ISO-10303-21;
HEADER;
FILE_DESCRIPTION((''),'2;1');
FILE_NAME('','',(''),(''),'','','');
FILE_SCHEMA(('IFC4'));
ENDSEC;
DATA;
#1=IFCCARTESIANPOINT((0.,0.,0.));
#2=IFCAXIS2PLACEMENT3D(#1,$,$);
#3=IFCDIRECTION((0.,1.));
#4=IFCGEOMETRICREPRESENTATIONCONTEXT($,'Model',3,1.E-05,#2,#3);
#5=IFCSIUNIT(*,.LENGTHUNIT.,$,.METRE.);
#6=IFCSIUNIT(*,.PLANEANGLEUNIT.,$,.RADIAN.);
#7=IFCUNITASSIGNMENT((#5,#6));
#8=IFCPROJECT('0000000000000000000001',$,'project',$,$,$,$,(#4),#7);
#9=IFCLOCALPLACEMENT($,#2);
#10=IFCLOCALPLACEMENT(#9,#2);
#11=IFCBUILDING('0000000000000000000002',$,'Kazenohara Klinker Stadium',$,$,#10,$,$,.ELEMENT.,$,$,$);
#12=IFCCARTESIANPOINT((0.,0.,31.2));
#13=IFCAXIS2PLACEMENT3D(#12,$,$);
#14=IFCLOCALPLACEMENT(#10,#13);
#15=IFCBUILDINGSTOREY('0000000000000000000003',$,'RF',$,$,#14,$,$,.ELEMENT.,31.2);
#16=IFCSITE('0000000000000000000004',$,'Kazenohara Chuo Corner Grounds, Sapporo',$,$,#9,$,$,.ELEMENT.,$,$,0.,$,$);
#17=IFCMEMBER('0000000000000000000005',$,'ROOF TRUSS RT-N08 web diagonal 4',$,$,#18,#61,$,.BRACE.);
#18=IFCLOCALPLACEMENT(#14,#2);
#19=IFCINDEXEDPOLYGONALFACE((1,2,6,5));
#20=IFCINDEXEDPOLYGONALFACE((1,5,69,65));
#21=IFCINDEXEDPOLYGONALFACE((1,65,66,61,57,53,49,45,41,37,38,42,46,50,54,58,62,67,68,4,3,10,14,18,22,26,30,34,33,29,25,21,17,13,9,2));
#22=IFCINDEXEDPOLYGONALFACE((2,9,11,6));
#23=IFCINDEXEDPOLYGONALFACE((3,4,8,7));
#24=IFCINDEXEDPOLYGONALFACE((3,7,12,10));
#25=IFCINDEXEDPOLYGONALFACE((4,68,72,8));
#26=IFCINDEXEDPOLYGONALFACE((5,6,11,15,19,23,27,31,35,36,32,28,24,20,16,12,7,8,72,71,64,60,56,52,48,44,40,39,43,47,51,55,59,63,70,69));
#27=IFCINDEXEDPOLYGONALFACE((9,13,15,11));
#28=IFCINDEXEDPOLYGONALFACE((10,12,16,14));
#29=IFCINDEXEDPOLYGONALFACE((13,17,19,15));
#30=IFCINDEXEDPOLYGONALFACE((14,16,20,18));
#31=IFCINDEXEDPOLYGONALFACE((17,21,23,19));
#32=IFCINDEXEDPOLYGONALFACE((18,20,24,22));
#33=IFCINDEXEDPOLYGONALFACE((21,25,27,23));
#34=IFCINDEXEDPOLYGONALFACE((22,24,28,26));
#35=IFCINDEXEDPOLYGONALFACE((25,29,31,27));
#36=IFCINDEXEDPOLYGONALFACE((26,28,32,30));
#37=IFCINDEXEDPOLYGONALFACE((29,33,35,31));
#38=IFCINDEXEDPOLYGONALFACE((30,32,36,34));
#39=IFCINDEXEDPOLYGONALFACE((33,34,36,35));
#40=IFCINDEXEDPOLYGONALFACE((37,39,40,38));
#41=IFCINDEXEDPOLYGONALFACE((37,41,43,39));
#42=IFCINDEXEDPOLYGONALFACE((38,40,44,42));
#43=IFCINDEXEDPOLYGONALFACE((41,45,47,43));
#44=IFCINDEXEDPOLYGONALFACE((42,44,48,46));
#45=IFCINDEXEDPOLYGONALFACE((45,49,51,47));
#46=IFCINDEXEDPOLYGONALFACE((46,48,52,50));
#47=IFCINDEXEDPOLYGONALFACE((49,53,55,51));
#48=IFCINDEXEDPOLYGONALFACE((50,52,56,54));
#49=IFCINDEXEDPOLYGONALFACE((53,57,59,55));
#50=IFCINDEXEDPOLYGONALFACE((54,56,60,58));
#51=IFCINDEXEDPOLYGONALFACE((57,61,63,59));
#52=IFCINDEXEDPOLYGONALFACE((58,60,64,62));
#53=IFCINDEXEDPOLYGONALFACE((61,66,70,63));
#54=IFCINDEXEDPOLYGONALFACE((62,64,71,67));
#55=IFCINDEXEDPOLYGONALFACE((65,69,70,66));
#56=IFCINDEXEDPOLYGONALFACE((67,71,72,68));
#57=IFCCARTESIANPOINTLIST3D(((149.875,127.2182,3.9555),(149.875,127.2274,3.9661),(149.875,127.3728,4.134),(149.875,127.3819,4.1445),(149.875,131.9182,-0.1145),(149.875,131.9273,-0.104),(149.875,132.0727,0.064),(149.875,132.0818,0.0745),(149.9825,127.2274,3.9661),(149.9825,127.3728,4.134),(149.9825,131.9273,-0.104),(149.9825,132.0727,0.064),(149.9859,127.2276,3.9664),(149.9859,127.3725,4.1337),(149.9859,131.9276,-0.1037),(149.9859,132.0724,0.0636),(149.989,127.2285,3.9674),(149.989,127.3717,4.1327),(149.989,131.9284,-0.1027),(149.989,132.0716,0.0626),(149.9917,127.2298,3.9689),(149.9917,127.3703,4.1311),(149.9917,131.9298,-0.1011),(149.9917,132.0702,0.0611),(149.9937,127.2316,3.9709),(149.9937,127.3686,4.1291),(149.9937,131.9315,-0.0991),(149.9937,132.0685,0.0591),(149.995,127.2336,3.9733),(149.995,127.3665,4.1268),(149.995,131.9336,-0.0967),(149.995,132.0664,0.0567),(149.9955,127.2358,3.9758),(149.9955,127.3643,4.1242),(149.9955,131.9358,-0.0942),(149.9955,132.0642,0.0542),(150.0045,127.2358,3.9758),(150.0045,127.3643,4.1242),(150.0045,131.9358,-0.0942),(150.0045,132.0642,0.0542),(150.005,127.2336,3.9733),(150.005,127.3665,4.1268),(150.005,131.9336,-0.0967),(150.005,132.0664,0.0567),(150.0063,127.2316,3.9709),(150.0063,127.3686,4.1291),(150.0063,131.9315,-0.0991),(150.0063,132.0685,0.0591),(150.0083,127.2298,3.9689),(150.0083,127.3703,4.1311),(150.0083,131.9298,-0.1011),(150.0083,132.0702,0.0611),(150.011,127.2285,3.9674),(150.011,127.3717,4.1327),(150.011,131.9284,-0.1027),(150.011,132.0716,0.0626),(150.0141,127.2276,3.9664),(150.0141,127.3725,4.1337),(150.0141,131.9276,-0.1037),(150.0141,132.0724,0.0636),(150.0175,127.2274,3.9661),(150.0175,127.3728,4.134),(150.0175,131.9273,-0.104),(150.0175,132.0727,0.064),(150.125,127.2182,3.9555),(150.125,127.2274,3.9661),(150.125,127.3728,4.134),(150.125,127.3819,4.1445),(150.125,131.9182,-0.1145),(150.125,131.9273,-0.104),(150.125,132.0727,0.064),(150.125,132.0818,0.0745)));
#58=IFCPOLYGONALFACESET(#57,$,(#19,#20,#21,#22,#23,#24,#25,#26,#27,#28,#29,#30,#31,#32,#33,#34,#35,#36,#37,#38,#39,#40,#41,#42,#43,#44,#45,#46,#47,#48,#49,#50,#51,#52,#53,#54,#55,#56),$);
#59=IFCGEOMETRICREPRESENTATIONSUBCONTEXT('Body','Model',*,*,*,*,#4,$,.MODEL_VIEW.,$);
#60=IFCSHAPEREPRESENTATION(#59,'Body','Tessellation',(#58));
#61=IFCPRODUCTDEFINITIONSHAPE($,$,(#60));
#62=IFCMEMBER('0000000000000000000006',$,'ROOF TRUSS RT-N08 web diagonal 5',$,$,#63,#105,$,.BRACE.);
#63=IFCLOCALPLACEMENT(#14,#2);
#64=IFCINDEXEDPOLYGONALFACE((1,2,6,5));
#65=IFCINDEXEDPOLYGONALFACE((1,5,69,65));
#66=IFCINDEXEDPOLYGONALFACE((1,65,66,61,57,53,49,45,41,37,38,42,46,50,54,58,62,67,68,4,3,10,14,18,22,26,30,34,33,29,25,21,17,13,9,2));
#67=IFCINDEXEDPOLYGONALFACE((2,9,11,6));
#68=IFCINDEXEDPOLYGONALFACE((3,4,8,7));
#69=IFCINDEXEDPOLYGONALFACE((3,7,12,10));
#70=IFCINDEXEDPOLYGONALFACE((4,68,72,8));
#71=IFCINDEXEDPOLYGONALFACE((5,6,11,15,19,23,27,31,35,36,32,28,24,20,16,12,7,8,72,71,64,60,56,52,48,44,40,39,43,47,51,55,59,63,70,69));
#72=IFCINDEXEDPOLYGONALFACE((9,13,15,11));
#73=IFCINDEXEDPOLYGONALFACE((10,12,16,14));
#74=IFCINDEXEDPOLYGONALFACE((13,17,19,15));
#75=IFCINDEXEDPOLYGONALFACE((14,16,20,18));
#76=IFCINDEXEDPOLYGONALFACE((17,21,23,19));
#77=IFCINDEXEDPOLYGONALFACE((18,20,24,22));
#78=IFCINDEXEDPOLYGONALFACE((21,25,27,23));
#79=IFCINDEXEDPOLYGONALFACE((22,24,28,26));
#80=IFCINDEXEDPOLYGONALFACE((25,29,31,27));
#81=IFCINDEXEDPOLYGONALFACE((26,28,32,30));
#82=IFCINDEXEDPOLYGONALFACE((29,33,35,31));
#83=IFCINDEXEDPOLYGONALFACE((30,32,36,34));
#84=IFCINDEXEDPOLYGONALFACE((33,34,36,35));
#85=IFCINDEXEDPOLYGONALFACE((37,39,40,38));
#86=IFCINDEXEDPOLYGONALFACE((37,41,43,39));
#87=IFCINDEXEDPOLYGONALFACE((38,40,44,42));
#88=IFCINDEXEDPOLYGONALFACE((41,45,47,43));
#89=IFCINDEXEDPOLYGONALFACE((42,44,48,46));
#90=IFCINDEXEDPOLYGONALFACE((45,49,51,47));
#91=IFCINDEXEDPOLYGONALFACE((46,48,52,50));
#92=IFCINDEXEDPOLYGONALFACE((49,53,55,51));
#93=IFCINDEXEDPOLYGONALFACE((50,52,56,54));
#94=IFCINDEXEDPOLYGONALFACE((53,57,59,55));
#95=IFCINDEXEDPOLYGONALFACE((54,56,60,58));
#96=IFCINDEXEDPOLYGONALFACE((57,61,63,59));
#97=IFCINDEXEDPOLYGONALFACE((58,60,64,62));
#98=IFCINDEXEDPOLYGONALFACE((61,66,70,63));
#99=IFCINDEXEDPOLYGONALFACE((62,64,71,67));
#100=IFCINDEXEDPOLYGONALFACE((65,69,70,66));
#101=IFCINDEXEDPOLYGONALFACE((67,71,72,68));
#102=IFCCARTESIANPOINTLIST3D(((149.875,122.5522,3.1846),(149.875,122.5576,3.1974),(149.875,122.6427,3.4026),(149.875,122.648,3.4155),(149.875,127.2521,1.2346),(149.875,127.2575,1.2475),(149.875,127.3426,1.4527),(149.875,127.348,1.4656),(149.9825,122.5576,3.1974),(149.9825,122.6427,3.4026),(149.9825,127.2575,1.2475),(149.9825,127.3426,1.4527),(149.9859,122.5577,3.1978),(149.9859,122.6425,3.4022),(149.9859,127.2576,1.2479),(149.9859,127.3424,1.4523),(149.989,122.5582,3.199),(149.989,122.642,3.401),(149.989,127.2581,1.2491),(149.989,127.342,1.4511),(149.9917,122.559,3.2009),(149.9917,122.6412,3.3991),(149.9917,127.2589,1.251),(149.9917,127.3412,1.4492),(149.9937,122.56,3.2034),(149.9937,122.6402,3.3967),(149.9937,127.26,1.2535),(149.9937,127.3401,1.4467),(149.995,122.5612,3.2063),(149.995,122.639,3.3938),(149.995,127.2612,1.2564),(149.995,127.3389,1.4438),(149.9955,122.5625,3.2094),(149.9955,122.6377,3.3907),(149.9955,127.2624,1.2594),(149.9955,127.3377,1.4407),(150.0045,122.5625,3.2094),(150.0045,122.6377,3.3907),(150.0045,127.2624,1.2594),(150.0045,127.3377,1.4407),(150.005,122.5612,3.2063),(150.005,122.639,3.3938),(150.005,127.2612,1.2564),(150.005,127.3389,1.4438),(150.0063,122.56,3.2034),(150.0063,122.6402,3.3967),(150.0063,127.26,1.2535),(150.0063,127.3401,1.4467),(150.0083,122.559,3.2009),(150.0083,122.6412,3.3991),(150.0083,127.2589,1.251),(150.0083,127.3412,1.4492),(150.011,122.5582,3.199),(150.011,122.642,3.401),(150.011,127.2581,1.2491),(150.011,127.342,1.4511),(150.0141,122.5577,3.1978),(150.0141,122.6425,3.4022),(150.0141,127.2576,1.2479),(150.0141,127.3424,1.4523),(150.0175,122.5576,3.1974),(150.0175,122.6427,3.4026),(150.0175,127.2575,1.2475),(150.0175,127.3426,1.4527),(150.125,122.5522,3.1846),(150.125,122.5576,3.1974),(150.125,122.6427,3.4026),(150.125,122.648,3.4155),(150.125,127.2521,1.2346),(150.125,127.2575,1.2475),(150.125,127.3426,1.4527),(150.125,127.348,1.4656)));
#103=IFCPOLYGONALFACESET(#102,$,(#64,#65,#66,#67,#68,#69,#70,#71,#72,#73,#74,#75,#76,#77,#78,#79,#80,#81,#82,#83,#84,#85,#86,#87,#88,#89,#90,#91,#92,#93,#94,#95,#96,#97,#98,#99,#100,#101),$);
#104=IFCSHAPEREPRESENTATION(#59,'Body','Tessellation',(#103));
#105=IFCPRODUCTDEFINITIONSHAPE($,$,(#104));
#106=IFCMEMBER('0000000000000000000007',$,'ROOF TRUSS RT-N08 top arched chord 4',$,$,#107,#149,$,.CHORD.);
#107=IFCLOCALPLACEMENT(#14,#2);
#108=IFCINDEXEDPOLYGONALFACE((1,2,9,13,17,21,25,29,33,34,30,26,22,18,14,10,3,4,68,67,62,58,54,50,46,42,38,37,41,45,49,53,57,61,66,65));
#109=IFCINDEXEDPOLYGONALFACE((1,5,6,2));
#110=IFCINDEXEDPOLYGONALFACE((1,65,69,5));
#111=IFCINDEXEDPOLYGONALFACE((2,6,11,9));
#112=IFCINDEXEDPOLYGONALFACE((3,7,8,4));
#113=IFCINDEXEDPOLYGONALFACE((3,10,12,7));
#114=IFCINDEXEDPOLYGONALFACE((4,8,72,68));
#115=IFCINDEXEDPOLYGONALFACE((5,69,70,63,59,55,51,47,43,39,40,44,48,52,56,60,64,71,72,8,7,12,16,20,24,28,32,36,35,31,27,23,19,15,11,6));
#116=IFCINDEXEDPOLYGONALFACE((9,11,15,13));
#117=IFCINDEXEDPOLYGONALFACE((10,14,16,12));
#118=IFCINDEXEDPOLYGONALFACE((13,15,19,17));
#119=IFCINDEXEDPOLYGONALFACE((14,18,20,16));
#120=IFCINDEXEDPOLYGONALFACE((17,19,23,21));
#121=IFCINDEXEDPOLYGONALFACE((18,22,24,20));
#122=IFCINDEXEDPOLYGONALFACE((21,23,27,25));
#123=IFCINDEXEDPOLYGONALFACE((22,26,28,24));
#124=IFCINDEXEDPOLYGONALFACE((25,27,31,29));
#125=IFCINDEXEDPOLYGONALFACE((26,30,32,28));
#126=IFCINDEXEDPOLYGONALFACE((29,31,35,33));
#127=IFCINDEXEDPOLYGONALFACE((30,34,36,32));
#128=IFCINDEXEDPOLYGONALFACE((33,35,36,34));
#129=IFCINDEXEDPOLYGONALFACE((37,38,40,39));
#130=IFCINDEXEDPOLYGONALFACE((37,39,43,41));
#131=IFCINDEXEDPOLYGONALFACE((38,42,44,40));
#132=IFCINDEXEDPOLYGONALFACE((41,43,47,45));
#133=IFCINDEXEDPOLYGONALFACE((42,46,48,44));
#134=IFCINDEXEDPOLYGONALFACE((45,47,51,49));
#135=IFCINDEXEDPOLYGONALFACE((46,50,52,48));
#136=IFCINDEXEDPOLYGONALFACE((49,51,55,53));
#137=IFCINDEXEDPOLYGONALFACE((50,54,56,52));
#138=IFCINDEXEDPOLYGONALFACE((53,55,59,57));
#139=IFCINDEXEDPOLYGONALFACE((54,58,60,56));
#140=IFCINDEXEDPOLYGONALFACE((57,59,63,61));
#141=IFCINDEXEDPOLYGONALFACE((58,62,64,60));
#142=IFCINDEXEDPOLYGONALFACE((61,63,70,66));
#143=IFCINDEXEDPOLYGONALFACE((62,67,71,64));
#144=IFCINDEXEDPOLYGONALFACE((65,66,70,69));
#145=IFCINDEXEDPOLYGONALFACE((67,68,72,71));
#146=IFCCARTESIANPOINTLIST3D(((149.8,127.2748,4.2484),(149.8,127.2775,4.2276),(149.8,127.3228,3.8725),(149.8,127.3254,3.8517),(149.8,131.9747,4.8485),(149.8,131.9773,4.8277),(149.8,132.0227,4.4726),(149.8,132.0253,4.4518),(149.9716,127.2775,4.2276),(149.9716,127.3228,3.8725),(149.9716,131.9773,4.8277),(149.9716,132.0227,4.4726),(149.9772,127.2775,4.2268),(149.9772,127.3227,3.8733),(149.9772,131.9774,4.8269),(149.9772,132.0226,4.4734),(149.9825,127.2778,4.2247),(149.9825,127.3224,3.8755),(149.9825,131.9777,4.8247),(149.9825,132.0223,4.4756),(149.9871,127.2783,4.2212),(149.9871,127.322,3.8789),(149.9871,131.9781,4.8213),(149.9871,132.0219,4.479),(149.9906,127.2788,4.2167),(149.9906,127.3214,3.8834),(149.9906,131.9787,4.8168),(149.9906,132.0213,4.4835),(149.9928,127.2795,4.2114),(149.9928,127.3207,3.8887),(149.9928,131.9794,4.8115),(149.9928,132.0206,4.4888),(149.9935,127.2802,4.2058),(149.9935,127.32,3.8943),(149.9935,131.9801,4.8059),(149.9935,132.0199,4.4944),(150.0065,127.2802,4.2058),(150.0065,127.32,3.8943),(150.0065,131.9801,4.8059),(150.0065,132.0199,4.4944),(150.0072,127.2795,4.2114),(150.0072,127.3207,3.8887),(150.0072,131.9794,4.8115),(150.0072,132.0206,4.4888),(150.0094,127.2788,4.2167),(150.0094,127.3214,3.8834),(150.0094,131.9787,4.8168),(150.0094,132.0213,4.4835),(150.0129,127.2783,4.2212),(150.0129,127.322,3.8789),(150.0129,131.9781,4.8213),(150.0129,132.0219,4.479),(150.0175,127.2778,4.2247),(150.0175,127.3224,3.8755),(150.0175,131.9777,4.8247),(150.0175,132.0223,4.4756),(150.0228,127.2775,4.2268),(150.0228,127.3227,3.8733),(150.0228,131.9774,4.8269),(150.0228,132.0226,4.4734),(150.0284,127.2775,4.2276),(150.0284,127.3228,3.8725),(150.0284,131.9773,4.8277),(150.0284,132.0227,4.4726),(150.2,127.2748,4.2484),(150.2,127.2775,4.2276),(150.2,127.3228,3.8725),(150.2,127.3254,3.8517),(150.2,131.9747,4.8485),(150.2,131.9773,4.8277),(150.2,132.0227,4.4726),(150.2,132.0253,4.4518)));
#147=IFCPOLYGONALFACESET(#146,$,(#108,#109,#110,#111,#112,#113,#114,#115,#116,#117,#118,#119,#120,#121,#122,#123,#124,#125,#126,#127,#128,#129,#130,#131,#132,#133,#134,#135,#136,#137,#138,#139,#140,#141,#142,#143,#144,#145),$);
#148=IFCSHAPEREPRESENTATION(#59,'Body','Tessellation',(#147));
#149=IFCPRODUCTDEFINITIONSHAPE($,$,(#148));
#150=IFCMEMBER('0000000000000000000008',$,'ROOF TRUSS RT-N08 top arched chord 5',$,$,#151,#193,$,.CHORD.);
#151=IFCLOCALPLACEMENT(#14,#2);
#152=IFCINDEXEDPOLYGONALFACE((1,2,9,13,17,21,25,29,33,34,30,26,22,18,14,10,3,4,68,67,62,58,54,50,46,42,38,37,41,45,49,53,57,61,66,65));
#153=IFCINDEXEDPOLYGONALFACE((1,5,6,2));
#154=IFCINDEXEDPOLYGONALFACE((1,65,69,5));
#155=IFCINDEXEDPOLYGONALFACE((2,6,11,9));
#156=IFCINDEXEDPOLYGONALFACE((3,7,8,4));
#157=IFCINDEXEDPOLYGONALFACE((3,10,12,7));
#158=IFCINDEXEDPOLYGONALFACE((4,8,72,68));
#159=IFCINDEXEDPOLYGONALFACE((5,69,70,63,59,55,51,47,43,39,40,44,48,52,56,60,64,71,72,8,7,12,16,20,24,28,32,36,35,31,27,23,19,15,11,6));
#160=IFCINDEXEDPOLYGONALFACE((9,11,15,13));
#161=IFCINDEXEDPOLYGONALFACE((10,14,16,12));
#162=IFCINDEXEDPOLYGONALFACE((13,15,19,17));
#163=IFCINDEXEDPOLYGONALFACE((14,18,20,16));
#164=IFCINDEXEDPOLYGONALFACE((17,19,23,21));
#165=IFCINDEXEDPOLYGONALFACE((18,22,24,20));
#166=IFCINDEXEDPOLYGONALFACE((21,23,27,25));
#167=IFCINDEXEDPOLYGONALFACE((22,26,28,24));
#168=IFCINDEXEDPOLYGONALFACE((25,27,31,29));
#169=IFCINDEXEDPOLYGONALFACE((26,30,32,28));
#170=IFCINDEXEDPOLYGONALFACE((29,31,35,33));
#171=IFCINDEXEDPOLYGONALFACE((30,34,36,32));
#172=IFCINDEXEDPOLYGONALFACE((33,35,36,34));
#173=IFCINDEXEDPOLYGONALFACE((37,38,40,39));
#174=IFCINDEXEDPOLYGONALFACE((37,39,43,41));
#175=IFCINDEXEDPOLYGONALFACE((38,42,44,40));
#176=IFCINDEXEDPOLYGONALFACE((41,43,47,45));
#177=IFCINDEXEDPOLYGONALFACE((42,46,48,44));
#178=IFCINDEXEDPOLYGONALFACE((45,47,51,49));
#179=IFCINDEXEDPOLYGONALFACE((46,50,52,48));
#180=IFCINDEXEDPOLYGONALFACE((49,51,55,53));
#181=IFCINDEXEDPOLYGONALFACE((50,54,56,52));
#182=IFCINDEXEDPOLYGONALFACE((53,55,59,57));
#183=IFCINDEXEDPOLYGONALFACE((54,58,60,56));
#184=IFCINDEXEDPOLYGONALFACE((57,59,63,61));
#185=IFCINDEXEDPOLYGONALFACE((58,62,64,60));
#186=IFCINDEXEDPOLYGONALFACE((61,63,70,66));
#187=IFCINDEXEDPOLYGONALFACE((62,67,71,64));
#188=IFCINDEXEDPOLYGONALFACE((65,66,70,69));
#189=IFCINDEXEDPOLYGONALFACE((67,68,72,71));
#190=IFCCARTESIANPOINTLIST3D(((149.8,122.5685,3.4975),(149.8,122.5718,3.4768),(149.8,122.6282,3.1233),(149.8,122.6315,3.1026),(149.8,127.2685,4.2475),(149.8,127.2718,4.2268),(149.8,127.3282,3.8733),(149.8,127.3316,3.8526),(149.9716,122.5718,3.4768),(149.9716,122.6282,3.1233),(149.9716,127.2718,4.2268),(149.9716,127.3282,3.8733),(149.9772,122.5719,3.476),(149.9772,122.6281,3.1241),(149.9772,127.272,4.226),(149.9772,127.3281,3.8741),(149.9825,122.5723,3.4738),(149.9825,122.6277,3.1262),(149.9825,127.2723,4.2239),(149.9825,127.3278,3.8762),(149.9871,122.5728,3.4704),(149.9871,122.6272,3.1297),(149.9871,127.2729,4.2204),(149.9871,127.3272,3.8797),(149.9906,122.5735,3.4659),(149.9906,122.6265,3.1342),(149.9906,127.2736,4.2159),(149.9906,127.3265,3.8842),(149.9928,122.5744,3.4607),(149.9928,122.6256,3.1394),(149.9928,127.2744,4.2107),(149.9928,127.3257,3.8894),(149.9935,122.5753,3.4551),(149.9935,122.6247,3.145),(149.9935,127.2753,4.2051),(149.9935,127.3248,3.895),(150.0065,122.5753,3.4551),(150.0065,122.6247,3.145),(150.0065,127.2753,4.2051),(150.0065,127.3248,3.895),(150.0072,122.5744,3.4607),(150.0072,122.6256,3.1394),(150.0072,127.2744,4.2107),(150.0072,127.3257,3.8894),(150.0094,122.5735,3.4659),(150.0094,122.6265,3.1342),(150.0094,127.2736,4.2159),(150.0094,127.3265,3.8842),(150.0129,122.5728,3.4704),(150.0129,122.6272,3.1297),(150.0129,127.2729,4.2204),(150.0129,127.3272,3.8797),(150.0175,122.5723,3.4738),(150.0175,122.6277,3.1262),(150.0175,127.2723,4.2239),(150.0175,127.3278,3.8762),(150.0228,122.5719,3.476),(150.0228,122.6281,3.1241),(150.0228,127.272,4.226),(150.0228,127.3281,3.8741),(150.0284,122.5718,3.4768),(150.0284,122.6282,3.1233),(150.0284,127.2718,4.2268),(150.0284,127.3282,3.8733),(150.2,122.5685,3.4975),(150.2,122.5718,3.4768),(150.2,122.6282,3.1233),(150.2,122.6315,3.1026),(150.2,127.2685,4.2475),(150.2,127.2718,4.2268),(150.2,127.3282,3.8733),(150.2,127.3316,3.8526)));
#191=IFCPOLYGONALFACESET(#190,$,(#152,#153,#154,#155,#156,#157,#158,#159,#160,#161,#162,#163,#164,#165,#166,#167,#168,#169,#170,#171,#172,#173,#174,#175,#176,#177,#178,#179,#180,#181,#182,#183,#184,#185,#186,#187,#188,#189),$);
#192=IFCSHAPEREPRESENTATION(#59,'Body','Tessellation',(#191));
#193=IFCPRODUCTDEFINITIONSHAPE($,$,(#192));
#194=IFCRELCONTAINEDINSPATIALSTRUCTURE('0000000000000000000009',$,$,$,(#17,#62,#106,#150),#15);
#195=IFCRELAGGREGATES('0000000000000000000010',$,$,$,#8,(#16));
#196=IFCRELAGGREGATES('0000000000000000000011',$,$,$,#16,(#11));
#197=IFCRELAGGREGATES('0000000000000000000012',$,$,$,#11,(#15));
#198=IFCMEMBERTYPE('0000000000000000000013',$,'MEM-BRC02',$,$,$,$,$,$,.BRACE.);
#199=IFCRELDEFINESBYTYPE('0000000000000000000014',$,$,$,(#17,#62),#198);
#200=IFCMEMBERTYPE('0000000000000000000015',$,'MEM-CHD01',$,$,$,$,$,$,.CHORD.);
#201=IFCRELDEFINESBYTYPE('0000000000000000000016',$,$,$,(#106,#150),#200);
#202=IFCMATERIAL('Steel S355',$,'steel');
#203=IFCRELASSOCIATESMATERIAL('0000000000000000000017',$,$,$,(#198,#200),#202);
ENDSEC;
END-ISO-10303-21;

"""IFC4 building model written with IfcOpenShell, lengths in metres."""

from ifc_helpers import new_model, si_unit, direction, frame, origin, origin_2d, place, context, subcontext, project, spatial, i_section, extrude, material, material_profile, profile_set, type_object, element, save


model = new_model("IFC4")

# Units and contexts
model_context = context("Model", 3, precision=1e-05, world=origin(), true_north=direction((0.0, 1.0)))
body_context = subcontext(model_context, "Body", "Model", "MODEL_VIEW")
ifc_project = project(units=[si_unit("LENGTHUNIT", "METRE"), si_unit("PLANEANGLEUNIT", "RADIAN")], contexts=[model_context])

# Site, building, storey
site_placement = place(None, origin())
site = spatial("IfcSite", under=ifc_project, at=site_placement, Name="Kazenohara Chuo Corner Grounds, Sapporo", CompositionType="ELEMENT", RefElevation=0.0)
building_placement = place(site_placement, origin())
building = spatial("IfcBuilding", under=site, at=building_placement, Name="Kazenohara Klinker Stadium", CompositionType="ELEMENT")
storey_placement = place(building_placement, frame((0.0, 0.0, 31.2)))
storey = spatial("IfcBuildingStorey", under=building, at=storey_placement, Name="RF", CompositionType="ELEMENT", Elevation=31.2)

# Members
ifc_material_1 = material(Name="Steel S355", Category="steel")
ifc_material_profile_1 = material_profile(ifc_material_1, i_section(OverallWidth=0.25, OverallDepth=0.25, WebThickness=0.009, FlangeThickness=0.0139, FilletRadius=0.0129, at=origin_2d()), Name="H-250x250x9x14")
ifc_profile_set_1 = profile_set([ifc_material_profile_1], Name="Steel S355")
member_type_1 = type_object("IfcMemberType", Name="MEM-BRC02", PredefinedType="BRACE", material=ifc_profile_set_1)
member_1_placement = place(storey_placement, frame((150.0, 132.0, -0.02), z_axis=(0.0, -0.755946, 0.654634), x_axis=(1.0, 0.0, 0.0)))
element("IfcMember", 1, at=member_1_placement, inside=storey, type_object=member_type_1, Name="ROOF TRUSS RT-N08 web diagonal 4", PredefinedType="BRACE", context=body_context, shape_type="SweptSolid", body=[
    extrude(i_section(OverallWidth=0.25, OverallDepth=0.25, WebThickness=0.009, FlangeThickness=0.0139, FilletRadius=0.0129, at=origin_2d()), origin(), (0.0, 0.0, 1.0), 6.2173),
])
member_2_placement = place(storey_placement, frame((150.0, 127.3, 1.3501), z_axis=(0.0, -0.923659, 0.383215), x_axis=(1.0, 0.0, 0.0)))
element("IfcMember", 2, at=member_2_placement, inside=storey, type_object=member_type_1, Name="ROOF TRUSS RT-N08 web diagonal 5", PredefinedType="BRACE", context=body_context, shape_type="SweptSolid", body=[
    extrude(i_section(OverallWidth=0.25, OverallDepth=0.25, WebThickness=0.009, FlangeThickness=0.0139, FilletRadius=0.0129, at=origin_2d()), origin(), (0.0, 0.0, 1.0), 5.0884),
])
ifc_material_profile_2 = material_profile(ifc_material_1, i_section(OverallWidth=0.3999, OverallDepth=0.3999, WebThickness=0.0129, FlangeThickness=0.021, FilletRadius=0.022, at=origin_2d()), Name="H-400x400x13x21")
ifc_profile_set_2 = profile_set([ifc_material_profile_2], Name="Steel S355")
member_type_2 = type_object("IfcMemberType", Name="MEM-CHD01", PredefinedType="CHORD", material=ifc_profile_set_2)
member_3_placement = place(storey_placement, frame((150.0, 132.0, 4.6501), z_axis=(0.0, -0.991947, -0.126653), x_axis=(1.0, 0.0, 0.0)))
element("IfcMember", 3, at=member_3_placement, inside=storey, type_object=member_type_2, Name="ROOF TRUSS RT-N08 top arched chord 4", PredefinedType="CHORD", context=body_context, shape_type="SweptSolid", body=[
    extrude(i_section(OverallWidth=0.3999, OverallDepth=0.3999, WebThickness=0.0129, FlangeThickness=0.021, FilletRadius=0.022, at=origin_2d()), origin(), (0.0, 0.0, 1.0), 4.738),
])
member_4_placement = place(storey_placement, frame((150.0, 127.3, 4.05), z_axis=(0.0, -0.987506, -0.157582), x_axis=(1.0, 0.0, 0.0)))
element("IfcMember", 4, at=member_4_placement, inside=storey, type_object=member_type_2, Name="ROOF TRUSS RT-N08 top arched chord 5", PredefinedType="CHORD", context=body_context, shape_type="SweptSolid", body=[
    extrude(i_section(OverallWidth=0.3999, OverallDepth=0.3999, WebThickness=0.0129, FlangeThickness=0.021, FilletRadius=0.022, at=origin_2d()), origin(), (0.0, 0.0, 1.0), 4.7595),
])

save(model, "model.ifc")
